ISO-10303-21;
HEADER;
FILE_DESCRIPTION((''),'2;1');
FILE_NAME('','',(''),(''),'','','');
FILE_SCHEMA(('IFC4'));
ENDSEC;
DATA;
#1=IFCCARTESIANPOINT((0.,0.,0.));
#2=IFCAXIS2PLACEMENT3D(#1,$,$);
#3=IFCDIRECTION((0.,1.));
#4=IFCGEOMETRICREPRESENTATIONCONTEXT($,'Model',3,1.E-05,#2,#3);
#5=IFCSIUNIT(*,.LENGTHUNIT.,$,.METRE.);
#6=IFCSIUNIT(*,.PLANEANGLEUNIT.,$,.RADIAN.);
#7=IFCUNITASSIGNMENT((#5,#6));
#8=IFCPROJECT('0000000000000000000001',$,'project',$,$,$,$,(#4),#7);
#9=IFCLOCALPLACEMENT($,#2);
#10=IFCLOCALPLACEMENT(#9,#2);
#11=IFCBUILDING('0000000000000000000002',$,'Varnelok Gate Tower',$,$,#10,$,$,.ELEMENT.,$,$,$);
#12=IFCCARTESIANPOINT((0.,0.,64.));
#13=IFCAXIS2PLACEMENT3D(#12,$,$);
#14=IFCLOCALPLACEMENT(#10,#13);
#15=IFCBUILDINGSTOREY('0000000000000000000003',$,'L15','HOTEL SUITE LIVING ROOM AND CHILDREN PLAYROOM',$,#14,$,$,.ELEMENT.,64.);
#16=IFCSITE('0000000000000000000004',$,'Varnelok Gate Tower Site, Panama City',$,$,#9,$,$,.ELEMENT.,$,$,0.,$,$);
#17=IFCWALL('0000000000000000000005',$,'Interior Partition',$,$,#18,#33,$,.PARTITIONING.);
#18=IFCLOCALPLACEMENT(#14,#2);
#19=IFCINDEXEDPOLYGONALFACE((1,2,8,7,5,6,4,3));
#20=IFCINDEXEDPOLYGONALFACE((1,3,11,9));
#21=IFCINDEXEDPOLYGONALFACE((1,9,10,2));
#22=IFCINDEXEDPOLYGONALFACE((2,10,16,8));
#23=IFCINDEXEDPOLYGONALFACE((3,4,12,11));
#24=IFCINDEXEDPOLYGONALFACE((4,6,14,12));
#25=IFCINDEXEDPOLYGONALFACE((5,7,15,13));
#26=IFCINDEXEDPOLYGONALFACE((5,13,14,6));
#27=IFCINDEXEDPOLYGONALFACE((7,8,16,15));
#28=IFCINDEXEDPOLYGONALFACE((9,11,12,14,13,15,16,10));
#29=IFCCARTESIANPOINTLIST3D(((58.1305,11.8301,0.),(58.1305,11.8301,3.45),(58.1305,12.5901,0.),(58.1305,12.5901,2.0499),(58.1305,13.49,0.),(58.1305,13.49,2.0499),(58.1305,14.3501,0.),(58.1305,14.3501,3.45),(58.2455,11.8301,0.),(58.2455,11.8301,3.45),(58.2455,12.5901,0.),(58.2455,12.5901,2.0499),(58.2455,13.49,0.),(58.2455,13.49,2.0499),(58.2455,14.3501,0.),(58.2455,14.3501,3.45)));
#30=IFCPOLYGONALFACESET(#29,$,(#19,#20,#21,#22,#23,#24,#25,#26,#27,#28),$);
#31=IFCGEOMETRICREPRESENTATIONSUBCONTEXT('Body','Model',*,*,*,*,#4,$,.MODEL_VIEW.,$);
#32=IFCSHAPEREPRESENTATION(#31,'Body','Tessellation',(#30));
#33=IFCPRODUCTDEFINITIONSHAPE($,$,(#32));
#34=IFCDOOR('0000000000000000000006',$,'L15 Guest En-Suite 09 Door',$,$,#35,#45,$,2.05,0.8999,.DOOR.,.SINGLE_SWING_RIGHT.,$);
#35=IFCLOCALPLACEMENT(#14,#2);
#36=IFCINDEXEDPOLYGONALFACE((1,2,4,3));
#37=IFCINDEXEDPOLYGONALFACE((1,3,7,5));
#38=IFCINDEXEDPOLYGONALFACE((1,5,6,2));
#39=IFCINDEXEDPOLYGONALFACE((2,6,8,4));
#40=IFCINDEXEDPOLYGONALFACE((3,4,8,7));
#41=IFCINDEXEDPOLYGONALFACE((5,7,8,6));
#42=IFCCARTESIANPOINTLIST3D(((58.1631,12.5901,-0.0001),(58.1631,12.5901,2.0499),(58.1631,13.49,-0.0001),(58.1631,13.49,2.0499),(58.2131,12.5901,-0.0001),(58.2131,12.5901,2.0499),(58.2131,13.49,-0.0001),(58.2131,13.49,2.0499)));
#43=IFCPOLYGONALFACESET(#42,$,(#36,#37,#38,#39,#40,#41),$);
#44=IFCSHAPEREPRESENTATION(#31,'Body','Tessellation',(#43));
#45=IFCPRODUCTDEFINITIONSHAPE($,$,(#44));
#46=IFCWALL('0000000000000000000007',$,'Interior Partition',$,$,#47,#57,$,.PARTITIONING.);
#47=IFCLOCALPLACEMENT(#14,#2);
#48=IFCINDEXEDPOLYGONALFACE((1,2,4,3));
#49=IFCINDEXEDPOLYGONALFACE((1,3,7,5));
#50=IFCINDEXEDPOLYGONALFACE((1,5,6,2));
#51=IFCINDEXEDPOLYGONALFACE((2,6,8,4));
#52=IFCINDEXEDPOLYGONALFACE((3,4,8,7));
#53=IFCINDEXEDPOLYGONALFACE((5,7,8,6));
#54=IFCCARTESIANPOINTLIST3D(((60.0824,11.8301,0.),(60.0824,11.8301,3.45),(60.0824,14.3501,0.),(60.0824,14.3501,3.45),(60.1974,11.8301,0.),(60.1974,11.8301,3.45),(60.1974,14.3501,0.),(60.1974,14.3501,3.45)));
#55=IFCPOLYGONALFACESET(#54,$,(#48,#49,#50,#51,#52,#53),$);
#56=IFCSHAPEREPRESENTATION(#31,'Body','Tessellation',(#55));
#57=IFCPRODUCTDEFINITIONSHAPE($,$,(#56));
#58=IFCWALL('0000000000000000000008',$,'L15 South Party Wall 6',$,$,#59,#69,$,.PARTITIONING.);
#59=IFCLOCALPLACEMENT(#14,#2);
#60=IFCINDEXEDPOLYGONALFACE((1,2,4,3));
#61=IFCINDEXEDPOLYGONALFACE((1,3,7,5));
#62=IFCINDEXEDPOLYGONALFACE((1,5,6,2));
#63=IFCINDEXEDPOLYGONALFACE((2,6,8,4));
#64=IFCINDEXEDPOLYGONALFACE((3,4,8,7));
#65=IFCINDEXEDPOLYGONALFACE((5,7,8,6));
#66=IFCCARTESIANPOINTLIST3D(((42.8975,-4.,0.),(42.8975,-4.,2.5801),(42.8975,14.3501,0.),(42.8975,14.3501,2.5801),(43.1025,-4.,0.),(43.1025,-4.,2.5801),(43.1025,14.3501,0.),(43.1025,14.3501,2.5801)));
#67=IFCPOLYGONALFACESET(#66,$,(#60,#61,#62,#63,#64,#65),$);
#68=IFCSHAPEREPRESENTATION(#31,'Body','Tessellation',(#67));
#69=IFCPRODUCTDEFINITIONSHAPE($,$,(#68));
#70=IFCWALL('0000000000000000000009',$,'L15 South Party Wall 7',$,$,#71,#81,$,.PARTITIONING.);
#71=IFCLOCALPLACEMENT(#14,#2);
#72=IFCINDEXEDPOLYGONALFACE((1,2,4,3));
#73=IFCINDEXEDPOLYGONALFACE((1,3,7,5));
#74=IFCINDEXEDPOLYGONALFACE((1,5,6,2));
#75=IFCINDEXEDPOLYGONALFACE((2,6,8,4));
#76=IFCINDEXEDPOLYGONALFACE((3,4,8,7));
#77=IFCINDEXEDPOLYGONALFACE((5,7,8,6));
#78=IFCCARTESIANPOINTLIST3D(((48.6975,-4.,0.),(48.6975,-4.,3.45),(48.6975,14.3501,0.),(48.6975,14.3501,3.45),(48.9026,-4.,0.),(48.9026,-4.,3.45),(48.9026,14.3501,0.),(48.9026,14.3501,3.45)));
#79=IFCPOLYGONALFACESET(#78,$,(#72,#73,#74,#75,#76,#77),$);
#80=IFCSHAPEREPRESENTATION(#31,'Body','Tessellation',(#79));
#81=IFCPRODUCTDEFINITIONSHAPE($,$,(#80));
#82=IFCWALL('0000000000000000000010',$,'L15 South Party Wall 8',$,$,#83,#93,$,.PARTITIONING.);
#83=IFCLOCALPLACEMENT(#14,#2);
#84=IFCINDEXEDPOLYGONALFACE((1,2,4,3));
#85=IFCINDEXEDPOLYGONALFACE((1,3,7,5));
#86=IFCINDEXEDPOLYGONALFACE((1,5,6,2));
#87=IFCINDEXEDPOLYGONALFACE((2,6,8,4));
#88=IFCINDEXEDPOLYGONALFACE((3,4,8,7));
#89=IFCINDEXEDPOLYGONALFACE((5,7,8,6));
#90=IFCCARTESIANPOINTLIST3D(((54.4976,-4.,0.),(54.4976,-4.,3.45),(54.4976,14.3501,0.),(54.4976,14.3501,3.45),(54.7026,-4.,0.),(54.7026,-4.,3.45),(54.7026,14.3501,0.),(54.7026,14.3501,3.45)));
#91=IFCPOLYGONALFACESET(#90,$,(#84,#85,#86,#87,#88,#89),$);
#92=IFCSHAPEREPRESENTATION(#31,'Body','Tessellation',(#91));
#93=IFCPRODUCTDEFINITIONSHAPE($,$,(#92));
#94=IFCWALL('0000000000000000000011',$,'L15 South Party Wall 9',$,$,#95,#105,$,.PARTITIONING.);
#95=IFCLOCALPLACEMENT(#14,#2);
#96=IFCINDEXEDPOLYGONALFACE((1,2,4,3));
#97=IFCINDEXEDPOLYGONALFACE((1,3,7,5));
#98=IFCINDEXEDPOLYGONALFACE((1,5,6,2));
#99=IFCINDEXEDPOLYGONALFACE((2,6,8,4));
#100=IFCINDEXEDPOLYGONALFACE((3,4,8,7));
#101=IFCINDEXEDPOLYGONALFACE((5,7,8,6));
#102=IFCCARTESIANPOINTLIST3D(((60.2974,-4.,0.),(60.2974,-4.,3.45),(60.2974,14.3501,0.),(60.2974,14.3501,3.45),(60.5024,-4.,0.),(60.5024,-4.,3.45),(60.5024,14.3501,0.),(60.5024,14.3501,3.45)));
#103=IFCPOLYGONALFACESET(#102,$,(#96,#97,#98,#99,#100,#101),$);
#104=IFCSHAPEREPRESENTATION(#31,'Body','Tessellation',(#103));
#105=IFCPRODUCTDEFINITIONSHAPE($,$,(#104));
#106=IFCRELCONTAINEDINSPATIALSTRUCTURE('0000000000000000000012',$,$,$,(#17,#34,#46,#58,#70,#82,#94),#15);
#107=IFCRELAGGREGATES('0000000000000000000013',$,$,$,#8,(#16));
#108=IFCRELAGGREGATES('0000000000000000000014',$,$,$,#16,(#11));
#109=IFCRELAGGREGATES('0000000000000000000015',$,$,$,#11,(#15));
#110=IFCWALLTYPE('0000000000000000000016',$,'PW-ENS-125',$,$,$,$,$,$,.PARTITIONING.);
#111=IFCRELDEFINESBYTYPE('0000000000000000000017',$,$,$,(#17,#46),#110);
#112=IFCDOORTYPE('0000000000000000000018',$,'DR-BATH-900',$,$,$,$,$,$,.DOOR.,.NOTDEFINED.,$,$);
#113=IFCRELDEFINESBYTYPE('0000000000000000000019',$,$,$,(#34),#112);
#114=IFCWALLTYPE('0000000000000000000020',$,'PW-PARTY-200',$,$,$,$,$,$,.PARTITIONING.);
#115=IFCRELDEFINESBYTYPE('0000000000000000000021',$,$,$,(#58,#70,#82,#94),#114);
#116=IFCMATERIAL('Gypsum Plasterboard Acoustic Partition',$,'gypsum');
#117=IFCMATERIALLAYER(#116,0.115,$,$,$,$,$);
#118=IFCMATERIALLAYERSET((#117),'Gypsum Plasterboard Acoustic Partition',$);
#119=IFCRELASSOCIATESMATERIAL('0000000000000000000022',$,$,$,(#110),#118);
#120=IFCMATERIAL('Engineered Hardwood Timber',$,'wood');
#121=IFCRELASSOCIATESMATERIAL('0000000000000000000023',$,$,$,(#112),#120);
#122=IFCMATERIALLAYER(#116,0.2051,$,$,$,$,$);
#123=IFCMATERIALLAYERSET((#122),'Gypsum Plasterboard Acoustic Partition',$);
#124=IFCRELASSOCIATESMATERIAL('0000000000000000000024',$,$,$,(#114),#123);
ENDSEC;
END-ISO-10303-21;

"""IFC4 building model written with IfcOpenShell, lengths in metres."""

from ifc_helpers import new_model, si_unit, direction, frame, frame_2d, origin, place, context, subcontext, project, spatial, rectangle, extrude, material, layer, layer_set, type_object, element, fill, save


model = new_model("IFC4")

# Units and contexts
model_context = context("Model", 3, precision=1e-05, world=origin(), true_north=direction((0.0, 1.0)))
body_context = subcontext(model_context, "Body", "Model", "MODEL_VIEW")
ifc_project = project(units=[si_unit("LENGTHUNIT", "METRE"), si_unit("PLANEANGLEUNIT", "RADIAN")], contexts=[model_context])

# Site, building, storey
site_placement = place(None, origin())
site = spatial("IfcSite", under=ifc_project, at=site_placement, Name="Varnelok Gate Tower Site, Panama City", CompositionType="ELEMENT", RefElevation=0.0)
building_placement = place(site_placement, origin())
building = spatial("IfcBuilding", under=site, at=building_placement, Name="Varnelok Gate Tower", CompositionType="ELEMENT")
storey_placement = place(building_placement, frame((0.0, 0.0, 64.0)))
storey = spatial("IfcBuildingStorey", under=building, at=storey_placement, Name="L15", Description="HOTEL SUITE LIVING ROOM AND CHILDREN PLAYROOM", CompositionType="ELEMENT", Elevation=64.0)

# Shared definitions
ifc_material_1 = material(Name="Gypsum Plasterboard Acoustic Partition", Category="gypsum")
ifc_layer_1 = layer(ifc_material_1, 0.115)
ifc_layer_set_1 = layer_set([ifc_layer_1], Name="Gypsum Plasterboard Acoustic Partition")
wall_type_1 = type_object("IfcWallType", Name="PW-ENS-125", PredefinedType="PARTITIONING", material=ifc_layer_set_1)
ifc_material_2 = material(Name="Engineered Hardwood Timber", Category="wood")
door_type = type_object("IfcDoorType", Name="DR-BATH-900", OperationType="NOTDEFINED", PredefinedType="DOOR", material=ifc_material_2)

# Wall, opening, door
wall_1_placement = place(storey_placement, frame((58.188, 11.8301, 0.0), z_axis=(0.0, 0.0, 1.0), x_axis=(0.0, 1.0, 0.0)))
wall_1 = element("IfcWall", 1, at=wall_1_placement, inside=storey, type_object=wall_type_1, Name="Interior Partition", PredefinedType="PARTITIONING", context=body_context, shape_type="SweptSolid", body=[
    extrude(rectangle(XDim=2.52, YDim=0.115, at=frame_2d((1.26, 0.0))), origin(), (0.0, 0.0, 1.0), 3.45),
])
opening_1_placement = place(wall_1_placement, frame((0.76, 0.0, 0.0)))
opening_1 = element("IfcOpeningElement", 2, at=opening_1_placement, cuts=wall_1, PredefinedType="OPENING", context=body_context, shape_type="SweptSolid", body=[
    extrude(rectangle(XDim=0.8999, YDim=2.05, at=frame_2d((0.45, 1.0249))), frame((0.0, 0.0674, 0.0), z_axis=(0.0, -1.0, 0.0), x_axis=(1.0, 0.0, 0.0)), (0.0, 0.0, 1.0), 0.135),
])
door_1_placement = place(opening_1_placement, origin())
door_1 = element("IfcDoor", 3, at=door_1_placement, inside=storey, type_object=door_type, Name="L15 Guest En-Suite 09 Door", OperationType="SINGLE_SWING_RIGHT", OverallHeight=2.05, OverallWidth=0.8999, PredefinedType="DOOR", context=body_context, shape_type="SweptSolid", body=[
    extrude(rectangle(XDim=0.8999, YDim=2.05, at=frame_2d((0.45, 1.0249))), frame((0.0, 0.0249, 0.0), z_axis=(0.0, -1.0, 0.0), x_axis=(1.0, 0.0, 0.0)), (0.0, 0.0, 1.0), 0.05),
])
fill(opening_1, door_1)

# Walls
wall_2_placement = place(storey_placement, frame((60.1399, 11.8301, 0.0), z_axis=(0.0, 0.0, 1.0), x_axis=(0.0, 1.0, 0.0)))
element("IfcWall", 4, at=wall_2_placement, inside=storey, type_object=wall_type_1, Name="Interior Partition", PredefinedType="PARTITIONING", context=body_context, shape_type="SweptSolid", body=[
    extrude(rectangle(XDim=2.52, YDim=0.115, at=frame_2d((1.26, 0.0))), origin(), (0.0, 0.0, 1.0), 3.45),
])
ifc_layer_2 = layer(ifc_material_1, 0.2051)
ifc_layer_set_2 = layer_set([ifc_layer_2], Name="Gypsum Plasterboard Acoustic Partition")
wall_type_2 = type_object("IfcWallType", Name="PW-PARTY-200", PredefinedType="PARTITIONING", material=ifc_layer_set_2)
wall_3_placement = place(storey_placement, frame((43.0, -4.0, 0.0), z_axis=(0.0, 0.0, 1.0), x_axis=(0.0, 1.0, 0.0)))
element("IfcWall", 5, at=wall_3_placement, inside=storey, type_object=wall_type_2, Name="L15 South Party Wall 6", PredefinedType="PARTITIONING", context=body_context, shape_type="SweptSolid", body=[
    extrude(rectangle(XDim=18.3501, YDim=0.2051, at=frame_2d((9.175, 0.0))), origin(), (0.0, 0.0, 1.0), 2.5801),
])
for number, where, z_axis, x_axis, name in (
    (6, (48.8, -4.0, 0.0), (0.0, 0.0, 1.0), (0.0, 1.0, 0.0), "L15 South Party Wall 7"),
    (7, (54.6001, -4.0, 0.0), (0.0, 0.0, 1.0), (0.0, 1.0, 0.0), "L15 South Party Wall 8"),
    (8, (60.3999, -4.0, 0.0), (0.0, 0.0, 1.0), (0.0, 1.0, 0.0), "L15 South Party Wall 9"),
):
    element("IfcWall", number, at=place(storey_placement, frame(where, z_axis=z_axis, x_axis=x_axis)), inside=storey, type_object=wall_type_2, Name=name, PredefinedType="PARTITIONING", context=body_context, shape_type="SweptSolid", body=[
        extrude(rectangle(XDim=18.3501, YDim=0.2051, at=frame_2d((9.175, 0.0))), origin(), (0.0, 0.0, 1.0), 3.45),
    ])

save(model, "model.ifc")
